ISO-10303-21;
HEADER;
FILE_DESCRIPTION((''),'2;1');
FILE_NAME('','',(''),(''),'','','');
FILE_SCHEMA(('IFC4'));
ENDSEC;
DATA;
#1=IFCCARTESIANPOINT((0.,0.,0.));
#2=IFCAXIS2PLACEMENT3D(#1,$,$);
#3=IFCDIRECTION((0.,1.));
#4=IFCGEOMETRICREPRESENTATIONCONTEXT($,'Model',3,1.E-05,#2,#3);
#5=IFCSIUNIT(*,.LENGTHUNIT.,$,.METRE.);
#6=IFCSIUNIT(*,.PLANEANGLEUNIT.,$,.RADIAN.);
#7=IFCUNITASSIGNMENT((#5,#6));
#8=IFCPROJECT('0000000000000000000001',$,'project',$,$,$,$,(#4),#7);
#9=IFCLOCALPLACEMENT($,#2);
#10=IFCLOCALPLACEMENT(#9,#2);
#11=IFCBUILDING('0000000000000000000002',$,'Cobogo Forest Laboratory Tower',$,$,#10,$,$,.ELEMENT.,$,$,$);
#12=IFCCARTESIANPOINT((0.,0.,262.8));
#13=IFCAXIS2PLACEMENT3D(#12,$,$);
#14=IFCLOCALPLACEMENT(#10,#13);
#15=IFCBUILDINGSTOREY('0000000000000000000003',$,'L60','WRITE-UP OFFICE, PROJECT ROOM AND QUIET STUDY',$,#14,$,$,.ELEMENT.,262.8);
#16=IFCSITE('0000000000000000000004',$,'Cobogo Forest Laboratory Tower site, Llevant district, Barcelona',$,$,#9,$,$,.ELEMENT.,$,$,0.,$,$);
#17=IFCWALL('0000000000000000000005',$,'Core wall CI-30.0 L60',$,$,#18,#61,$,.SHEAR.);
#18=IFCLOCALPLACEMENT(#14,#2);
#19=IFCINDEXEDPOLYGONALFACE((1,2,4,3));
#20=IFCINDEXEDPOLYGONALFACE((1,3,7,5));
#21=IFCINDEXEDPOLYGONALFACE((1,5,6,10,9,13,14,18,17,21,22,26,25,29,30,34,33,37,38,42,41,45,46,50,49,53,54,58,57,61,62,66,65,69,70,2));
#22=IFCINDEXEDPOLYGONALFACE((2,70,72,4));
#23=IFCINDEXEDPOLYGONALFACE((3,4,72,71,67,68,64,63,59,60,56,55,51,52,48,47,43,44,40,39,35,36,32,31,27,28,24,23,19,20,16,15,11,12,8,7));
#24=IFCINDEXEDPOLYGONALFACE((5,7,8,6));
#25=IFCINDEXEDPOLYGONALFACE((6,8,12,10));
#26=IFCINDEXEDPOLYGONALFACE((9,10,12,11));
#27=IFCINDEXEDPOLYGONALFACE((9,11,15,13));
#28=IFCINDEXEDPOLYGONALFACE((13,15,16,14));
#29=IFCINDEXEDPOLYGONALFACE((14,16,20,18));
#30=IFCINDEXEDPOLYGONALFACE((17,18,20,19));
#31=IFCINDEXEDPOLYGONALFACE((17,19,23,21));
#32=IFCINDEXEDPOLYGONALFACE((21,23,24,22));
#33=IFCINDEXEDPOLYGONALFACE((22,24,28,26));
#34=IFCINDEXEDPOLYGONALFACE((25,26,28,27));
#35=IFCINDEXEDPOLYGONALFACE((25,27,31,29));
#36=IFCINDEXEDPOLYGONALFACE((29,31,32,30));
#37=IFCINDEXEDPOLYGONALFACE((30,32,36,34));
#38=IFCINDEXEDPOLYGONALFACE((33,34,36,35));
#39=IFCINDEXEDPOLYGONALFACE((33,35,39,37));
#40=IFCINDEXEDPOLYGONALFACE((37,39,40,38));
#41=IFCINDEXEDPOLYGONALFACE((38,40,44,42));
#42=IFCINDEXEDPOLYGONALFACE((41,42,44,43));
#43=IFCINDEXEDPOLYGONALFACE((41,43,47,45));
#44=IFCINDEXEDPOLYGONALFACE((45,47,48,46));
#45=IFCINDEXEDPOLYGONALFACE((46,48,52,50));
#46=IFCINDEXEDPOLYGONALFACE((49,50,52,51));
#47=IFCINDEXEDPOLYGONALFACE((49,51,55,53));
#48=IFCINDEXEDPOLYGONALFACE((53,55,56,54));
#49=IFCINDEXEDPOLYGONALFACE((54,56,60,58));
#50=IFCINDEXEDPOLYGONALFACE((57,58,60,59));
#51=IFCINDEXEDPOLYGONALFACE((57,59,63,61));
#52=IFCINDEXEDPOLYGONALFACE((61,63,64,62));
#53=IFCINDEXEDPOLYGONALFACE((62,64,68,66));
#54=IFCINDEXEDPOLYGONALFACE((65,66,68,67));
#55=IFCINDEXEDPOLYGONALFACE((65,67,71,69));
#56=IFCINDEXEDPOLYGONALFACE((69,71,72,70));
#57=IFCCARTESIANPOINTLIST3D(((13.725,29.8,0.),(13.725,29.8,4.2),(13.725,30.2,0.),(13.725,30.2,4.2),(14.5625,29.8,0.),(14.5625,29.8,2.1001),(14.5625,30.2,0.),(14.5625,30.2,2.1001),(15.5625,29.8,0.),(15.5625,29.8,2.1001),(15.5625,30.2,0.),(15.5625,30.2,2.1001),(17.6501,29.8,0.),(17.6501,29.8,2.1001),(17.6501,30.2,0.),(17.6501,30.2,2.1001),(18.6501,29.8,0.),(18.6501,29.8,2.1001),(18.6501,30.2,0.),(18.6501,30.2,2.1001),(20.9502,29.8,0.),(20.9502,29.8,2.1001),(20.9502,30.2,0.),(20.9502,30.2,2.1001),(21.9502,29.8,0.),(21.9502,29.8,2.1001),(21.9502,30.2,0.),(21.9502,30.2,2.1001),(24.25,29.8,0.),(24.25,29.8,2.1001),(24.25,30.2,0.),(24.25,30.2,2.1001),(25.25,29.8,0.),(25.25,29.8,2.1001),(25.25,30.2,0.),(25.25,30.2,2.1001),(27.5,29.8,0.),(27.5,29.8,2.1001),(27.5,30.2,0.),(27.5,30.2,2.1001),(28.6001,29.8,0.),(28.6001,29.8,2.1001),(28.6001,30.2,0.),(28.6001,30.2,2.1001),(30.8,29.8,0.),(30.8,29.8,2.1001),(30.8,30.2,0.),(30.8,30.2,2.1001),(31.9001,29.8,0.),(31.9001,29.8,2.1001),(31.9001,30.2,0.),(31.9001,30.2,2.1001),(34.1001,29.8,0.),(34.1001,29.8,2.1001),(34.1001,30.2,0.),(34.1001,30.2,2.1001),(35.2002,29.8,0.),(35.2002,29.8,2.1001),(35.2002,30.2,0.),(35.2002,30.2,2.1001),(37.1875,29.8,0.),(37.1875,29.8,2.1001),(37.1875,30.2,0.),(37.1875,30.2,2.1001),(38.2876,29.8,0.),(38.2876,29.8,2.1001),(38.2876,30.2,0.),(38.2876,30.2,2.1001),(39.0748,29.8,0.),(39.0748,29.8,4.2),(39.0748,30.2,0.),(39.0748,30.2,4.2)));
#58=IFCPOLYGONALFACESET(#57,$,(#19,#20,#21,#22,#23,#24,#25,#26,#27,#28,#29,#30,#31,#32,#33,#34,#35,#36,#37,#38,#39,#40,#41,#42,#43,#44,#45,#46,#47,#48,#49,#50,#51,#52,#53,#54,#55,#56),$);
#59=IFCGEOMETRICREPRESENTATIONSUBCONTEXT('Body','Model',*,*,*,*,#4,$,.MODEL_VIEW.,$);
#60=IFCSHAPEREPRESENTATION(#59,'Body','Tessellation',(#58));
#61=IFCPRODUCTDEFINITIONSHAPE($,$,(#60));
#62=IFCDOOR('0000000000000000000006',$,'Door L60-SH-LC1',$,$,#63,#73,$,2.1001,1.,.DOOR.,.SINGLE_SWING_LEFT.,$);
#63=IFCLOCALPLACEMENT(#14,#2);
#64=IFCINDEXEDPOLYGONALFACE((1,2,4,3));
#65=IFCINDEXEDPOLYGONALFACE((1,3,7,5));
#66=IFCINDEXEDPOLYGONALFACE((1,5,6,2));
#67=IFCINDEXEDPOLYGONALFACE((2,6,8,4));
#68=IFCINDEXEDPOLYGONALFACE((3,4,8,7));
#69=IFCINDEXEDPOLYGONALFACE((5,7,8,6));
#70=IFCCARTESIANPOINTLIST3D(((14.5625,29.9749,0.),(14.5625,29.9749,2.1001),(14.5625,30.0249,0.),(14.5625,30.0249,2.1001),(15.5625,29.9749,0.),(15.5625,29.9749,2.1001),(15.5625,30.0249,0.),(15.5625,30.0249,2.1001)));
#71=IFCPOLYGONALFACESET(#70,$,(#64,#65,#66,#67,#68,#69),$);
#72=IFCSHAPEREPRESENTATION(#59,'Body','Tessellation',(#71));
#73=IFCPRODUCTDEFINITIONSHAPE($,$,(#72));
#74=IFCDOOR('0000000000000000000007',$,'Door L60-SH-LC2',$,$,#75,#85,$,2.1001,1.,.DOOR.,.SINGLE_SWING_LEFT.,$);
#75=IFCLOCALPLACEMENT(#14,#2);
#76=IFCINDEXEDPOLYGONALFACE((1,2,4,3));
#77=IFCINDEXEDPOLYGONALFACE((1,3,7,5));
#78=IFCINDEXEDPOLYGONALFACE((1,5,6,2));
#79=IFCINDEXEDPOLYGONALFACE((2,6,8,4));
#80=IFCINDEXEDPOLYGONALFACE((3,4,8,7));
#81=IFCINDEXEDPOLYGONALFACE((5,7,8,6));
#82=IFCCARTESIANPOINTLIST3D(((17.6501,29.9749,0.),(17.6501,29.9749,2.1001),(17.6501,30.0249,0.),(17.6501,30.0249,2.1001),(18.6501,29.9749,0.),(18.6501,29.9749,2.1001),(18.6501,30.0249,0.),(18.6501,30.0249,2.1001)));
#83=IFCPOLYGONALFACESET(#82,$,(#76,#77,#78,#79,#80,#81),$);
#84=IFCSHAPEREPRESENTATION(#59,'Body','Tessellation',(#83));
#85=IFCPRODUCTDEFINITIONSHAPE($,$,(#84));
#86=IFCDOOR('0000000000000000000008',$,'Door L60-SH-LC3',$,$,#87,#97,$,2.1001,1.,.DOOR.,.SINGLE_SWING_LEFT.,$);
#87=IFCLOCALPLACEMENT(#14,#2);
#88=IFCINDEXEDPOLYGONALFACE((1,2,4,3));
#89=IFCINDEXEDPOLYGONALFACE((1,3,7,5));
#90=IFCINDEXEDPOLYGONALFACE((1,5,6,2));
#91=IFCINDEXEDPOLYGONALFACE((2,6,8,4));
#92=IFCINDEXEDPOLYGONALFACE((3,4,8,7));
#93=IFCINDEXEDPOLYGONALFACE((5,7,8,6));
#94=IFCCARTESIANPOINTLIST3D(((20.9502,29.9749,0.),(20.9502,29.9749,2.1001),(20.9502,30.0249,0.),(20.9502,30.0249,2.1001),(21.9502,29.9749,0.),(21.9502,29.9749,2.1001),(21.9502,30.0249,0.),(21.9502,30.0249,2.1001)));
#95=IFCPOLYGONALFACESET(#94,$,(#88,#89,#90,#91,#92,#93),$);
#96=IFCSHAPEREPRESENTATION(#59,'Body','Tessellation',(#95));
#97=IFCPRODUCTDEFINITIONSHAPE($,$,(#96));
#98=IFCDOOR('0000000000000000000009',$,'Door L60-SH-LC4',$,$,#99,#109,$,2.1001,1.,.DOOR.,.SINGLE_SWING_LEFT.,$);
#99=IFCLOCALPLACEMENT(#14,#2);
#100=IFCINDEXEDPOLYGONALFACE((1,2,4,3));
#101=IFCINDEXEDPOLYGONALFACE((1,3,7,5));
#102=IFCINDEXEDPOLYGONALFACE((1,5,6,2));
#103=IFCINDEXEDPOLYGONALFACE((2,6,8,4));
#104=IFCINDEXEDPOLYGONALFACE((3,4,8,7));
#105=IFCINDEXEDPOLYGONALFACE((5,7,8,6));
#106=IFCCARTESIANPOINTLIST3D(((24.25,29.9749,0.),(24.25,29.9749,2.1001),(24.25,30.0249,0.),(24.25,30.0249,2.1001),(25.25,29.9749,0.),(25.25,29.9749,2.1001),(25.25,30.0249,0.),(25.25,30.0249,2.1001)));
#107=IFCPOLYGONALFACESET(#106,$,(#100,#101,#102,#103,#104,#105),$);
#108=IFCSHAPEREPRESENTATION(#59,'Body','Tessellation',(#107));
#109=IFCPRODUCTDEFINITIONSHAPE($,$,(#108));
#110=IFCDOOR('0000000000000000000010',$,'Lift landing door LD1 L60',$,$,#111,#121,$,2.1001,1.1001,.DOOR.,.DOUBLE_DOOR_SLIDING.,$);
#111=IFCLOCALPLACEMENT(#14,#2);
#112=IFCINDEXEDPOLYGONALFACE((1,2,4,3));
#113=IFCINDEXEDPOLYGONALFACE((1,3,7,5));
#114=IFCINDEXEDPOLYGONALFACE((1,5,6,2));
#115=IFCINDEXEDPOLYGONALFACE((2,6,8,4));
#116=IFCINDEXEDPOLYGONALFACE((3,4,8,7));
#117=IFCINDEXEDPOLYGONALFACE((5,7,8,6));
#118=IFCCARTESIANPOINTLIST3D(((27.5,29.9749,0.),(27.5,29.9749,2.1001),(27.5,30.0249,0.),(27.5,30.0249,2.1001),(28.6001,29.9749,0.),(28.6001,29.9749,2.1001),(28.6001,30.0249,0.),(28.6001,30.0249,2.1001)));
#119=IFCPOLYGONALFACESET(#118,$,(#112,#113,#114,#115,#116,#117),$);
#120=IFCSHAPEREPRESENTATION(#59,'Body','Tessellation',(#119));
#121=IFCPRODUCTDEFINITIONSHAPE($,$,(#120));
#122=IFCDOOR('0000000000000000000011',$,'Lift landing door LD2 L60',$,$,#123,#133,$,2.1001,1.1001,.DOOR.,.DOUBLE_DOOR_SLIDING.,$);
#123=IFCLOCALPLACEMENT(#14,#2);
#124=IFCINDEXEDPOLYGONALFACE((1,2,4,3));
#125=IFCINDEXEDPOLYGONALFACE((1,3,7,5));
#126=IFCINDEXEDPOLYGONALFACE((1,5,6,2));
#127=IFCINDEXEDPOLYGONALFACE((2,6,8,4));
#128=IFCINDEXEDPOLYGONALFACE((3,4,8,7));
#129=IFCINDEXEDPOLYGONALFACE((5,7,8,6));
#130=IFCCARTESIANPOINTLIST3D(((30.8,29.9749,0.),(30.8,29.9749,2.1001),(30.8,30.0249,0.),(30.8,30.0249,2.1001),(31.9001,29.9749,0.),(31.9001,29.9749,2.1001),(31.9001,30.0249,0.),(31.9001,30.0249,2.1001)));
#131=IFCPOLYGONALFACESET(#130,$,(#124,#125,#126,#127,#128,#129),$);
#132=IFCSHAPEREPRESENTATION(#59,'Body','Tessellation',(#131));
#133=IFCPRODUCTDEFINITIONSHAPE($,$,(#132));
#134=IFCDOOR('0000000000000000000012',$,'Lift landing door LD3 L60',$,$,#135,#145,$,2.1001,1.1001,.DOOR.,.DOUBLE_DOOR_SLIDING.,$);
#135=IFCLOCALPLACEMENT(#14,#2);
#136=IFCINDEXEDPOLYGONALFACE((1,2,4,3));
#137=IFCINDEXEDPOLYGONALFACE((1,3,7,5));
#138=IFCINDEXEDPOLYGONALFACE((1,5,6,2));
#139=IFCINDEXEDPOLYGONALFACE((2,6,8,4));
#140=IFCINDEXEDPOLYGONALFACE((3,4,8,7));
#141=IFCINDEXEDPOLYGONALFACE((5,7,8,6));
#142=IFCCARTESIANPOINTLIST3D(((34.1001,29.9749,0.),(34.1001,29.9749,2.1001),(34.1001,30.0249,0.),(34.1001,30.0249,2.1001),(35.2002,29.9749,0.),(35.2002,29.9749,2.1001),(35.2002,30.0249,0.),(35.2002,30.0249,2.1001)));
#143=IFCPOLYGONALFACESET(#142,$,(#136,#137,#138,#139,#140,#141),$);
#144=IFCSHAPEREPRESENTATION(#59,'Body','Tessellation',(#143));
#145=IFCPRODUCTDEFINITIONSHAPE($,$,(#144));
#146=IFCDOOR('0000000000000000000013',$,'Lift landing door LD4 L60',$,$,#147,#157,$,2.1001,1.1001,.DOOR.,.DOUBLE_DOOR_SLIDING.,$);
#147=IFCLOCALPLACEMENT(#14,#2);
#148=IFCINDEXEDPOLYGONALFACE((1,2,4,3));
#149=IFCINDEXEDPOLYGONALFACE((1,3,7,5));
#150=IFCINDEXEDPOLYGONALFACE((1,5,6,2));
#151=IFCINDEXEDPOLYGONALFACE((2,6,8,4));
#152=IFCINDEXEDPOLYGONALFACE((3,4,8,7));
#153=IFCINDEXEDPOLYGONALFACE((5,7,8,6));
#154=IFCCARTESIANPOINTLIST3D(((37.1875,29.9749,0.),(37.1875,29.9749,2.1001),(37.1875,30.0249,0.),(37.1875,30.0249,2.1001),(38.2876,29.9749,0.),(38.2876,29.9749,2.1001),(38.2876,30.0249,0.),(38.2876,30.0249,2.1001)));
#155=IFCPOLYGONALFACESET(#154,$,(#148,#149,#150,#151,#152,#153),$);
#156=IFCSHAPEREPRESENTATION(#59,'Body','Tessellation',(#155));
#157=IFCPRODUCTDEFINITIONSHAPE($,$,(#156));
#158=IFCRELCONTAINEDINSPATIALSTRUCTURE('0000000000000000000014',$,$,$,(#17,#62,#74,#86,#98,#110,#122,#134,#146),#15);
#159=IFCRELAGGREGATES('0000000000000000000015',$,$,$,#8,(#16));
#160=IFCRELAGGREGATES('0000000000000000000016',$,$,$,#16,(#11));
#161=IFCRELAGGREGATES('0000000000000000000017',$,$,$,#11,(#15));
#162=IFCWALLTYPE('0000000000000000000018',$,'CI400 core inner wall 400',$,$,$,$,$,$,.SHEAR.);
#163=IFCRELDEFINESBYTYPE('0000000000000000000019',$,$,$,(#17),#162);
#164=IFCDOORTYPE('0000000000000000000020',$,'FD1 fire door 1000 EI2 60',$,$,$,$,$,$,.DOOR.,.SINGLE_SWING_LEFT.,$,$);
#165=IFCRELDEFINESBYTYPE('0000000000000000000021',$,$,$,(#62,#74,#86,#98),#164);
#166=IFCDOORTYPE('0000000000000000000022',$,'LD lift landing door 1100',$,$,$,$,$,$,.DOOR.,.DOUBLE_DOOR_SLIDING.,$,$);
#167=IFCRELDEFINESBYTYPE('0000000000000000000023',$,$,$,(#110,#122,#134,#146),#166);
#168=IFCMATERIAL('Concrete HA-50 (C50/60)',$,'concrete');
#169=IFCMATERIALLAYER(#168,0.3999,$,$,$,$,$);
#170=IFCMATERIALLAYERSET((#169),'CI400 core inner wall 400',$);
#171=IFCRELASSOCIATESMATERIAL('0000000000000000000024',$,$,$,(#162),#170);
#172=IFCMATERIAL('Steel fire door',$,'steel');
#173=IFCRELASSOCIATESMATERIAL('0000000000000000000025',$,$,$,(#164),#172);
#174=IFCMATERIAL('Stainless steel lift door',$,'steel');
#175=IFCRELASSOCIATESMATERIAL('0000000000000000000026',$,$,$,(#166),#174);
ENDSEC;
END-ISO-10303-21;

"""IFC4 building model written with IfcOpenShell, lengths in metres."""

from ifc_helpers import new_model, si_unit, direction, frame, frame_2d, origin, place, context, subcontext, project, spatial, rectangle, extrude, material, layer, layer_set, type_object, element, fill, save


model = new_model("IFC4")

# Units and contexts
model_context = context("Model", 3, precision=1e-05, world=origin(), true_north=direction((0.0, 1.0)))
body_context = subcontext(model_context, "Body", "Model", "MODEL_VIEW")
ifc_project = project(units=[si_unit("LENGTHUNIT", "METRE"), si_unit("PLANEANGLEUNIT", "RADIAN")], contexts=[model_context])

# Site, building, storey
site_placement = place(None, origin())
site = spatial("IfcSite", under=ifc_project, at=site_placement, Name="Cobogo Forest Laboratory Tower site, Llevant district, Barcelona", CompositionType="ELEMENT", RefElevation=0.0)
building_placement = place(site_placement, origin())
building = spatial("IfcBuilding", under=site, at=building_placement, Name="Cobogo Forest Laboratory Tower", CompositionType="ELEMENT")
storey_placement = place(building_placement, frame((0.0, 0.0, 262.8)))
storey = spatial("IfcBuildingStorey", under=building, at=storey_placement, Name="L60", Description="WRITE-UP OFFICE, PROJECT ROOM AND QUIET STUDY", CompositionType="ELEMENT", Elevation=262.8)

# Wall, openings, doors
ifc_material_1 = material(Name="Concrete HA-50 (C50/60)", Category="concrete")
ifc_layer_1 = layer(ifc_material_1, 0.3999)
ifc_layer_set_1 = layer_set([ifc_layer_1], Name="CI400 core inner wall 400")
wall_type_1 = type_object("IfcWallType", Name="CI400 core inner wall 400", PredefinedType="SHEAR", material=ifc_layer_set_1)
wall_1_placement = place(storey_placement, frame((13.7251, 30.0, 0.0), z_axis=(0.0, 0.0, 1.0), x_axis=(1.0, 0.0, 0.0)))
wall_1 = element("IfcWall", 1, at=wall_1_placement, inside=storey, type_object=wall_type_1, Name="Core wall CI-30.0 L60", PredefinedType="SHEAR", context=body_context, shape_type="SweptSolid", body=[
    extrude(rectangle(XDim=25.3499, YDim=0.3999, at=frame_2d((12.6748, 0.0))), origin(), (0.0, 0.0, 1.0), 4.2),
])
opening_1_placement = place(wall_1_placement, frame((0.8374, 0.0, 0.0)))
opening_1 = element("IfcOpeningElement", 2, at=opening_1_placement, cuts=wall_1, PredefinedType="OPENING", context=body_context, shape_type="SweptSolid", body=[
    extrude(rectangle(XDim=1.0, YDim=2.1001, at=frame_2d((0.5, 1.05))), frame((0.0, 0.21, 0.0), z_axis=(0.0, -1.0, 0.0), x_axis=(1.0, 0.0, 0.0)), (0.0, 0.0, 1.0), 0.4199),
])
opening_2_placement = place(wall_1_placement, frame((3.925, 0.0, 0.0)))
opening_2 = element("IfcOpeningElement", 3, at=opening_2_placement, cuts=wall_1, PredefinedType="OPENING", context=body_context, shape_type="SweptSolid", body=[
    extrude(rectangle(XDim=1.0, YDim=2.1001, at=frame_2d((0.5, 1.05))), frame((0.0, 0.21, 0.0), z_axis=(0.0, -1.0, 0.0), x_axis=(1.0, 0.0, 0.0)), (0.0, 0.0, 1.0), 0.4199),
])
opening_3_placement = place(wall_1_placement, frame((7.2251, 0.0, 0.0)))
opening_3 = element("IfcOpeningElement", 4, at=opening_3_placement, cuts=wall_1, PredefinedType="OPENING", context=body_context, shape_type="SweptSolid", body=[
    extrude(rectangle(XDim=1.0, YDim=2.1001, at=frame_2d((0.5, 1.05))), frame((0.0, 0.21, 0.0), z_axis=(0.0, -1.0, 0.0), x_axis=(1.0, 0.0, 0.0)), (0.0, 0.0, 1.0), 0.4199),
])
opening_4_placement = place(wall_1_placement, frame((10.5249, 0.0, 0.0)))
opening_4 = element("IfcOpeningElement", 5, at=opening_4_placement, cuts=wall_1, PredefinedType="OPENING", context=body_context, shape_type="SweptSolid", body=[
    extrude(rectangle(XDim=1.0, YDim=2.1001, at=frame_2d((0.5, 1.05))), frame((0.0, 0.21, 0.0), z_axis=(0.0, -1.0, 0.0), x_axis=(1.0, 0.0, 0.0)), (0.0, 0.0, 1.0), 0.4199),
])
opening_5_placement = place(wall_1_placement, frame((13.7749, 0.0, 0.0)))
opening_5 = element("IfcOpeningElement", 6, at=opening_5_placement, cuts=wall_1, PredefinedType="OPENING", context=body_context, shape_type="SweptSolid", body=[
    extrude(rectangle(XDim=1.1001, YDim=2.1001, at=frame_2d((0.55, 1.05))), frame((0.0, 0.21, 0.0), z_axis=(0.0, -1.0, 0.0), x_axis=(1.0, 0.0, 0.0)), (0.0, 0.0, 1.0), 0.4199),
])
opening_6_placement = place(wall_1_placement, frame((17.075, 0.0, 0.0)))
opening_6 = element("IfcOpeningElement", 7, at=opening_6_placement, cuts=wall_1, PredefinedType="OPENING", context=body_context, shape_type="SweptSolid", body=[
    extrude(rectangle(XDim=1.1001, YDim=2.1001, at=frame_2d((0.55, 1.05))), frame((0.0, 0.21, 0.0), z_axis=(0.0, -1.0, 0.0), x_axis=(1.0, 0.0, 0.0)), (0.0, 0.0, 1.0), 0.4199),
])
opening_7_placement = place(wall_1_placement, frame((20.375, 0.0, 0.0)))
opening_7 = element("IfcOpeningElement", 8, at=opening_7_placement, cuts=wall_1, PredefinedType="OPENING", context=body_context, shape_type="SweptSolid", body=[
    extrude(rectangle(XDim=1.1001, YDim=2.1001, at=frame_2d((0.55, 1.05))), frame((0.0, 0.21, 0.0), z_axis=(0.0, -1.0, 0.0), x_axis=(1.0, 0.0, 0.0)), (0.0, 0.0, 1.0), 0.4199),
])
opening_8_placement = place(wall_1_placement, frame((23.4624, 0.0, 0.0)))
opening_8 = element("IfcOpeningElement", 9, at=opening_8_placement, cuts=wall_1, PredefinedType="OPENING", context=body_context, shape_type="SweptSolid", body=[
    extrude(rectangle(XDim=1.1001, YDim=2.1001, at=frame_2d((0.55, 1.05))), frame((0.0, 0.21, 0.0), z_axis=(0.0, -1.0, 0.0), x_axis=(1.0, 0.0, 0.0)), (0.0, 0.0, 1.0), 0.4199),
])
ifc_material_2 = material(Name="Steel fire door", Category="steel")
door_type_1 = type_object("IfcDoorType", Name="FD1 fire door 1000 EI2 60", OperationType="SINGLE_SWING_LEFT", PredefinedType="DOOR", material=ifc_material_2)
door_1_placement = place(opening_1_placement, origin())
door_1 = element("IfcDoor", 10, at=door_1_placement, inside=storey, type_object=door_type_1, Name="Door L60-SH-LC1", OperationType="SINGLE_SWING_LEFT", OverallHeight=2.1001, OverallWidth=1.0, PredefinedType="DOOR", context=body_context, shape_type="SweptSolid", body=[
    extrude(rectangle(XDim=1.0, YDim=2.1001, at=frame_2d((0.5, 1.05))), frame((0.0, 0.0249, 0.0), z_axis=(0.0, -1.0, 0.0), x_axis=(1.0, 0.0, 0.0)), (0.0, 0.0, 1.0), 0.05),
])
fill(opening_1, door_1)
door_2_placement = place(opening_2_placement, origin())
door_2 = element("IfcDoor", 11, at=door_2_placement, inside=storey, type_object=door_type_1, Name="Door L60-SH-LC2", OperationType="SINGLE_SWING_LEFT", OverallHeight=2.1001, OverallWidth=1.0, PredefinedType="DOOR", context=body_context, shape_type="SweptSolid", body=[
    extrude(rectangle(XDim=1.0, YDim=2.1001, at=frame_2d((0.5, 1.05))), frame((0.0, 0.0249, 0.0), z_axis=(0.0, -1.0, 0.0), x_axis=(1.0, 0.0, 0.0)), (0.0, 0.0, 1.0), 0.05),
])
fill(opening_2, door_2)
door_3_placement = place(opening_3_placement, origin())
door_3 = element("IfcDoor", 12, at=door_3_placement, inside=storey, type_object=door_type_1, Name="Door L60-SH-LC3", OperationType="SINGLE_SWING_LEFT", OverallHeight=2.1001, OverallWidth=1.0, PredefinedType="DOOR", context=body_context, shape_type="SweptSolid", body=[
    extrude(rectangle(XDim=1.0, YDim=2.1001, at=frame_2d((0.5, 1.05))), frame((0.0, 0.0249, 0.0), z_axis=(0.0, -1.0, 0.0), x_axis=(1.0, 0.0, 0.0)), (0.0, 0.0, 1.0), 0.05),
])
fill(opening_3, door_3)
door_4_placement = place(opening_4_placement, origin())
door_4 = element("IfcDoor", 13, at=door_4_placement, inside=storey, type_object=door_type_1, Name="Door L60-SH-LC4", OperationType="SINGLE_SWING_LEFT", OverallHeight=2.1001, OverallWidth=1.0, PredefinedType="DOOR", context=body_context, shape_type="SweptSolid", body=[
    extrude(rectangle(XDim=1.0, YDim=2.1001, at=frame_2d((0.5, 1.05))), frame((0.0, 0.0249, 0.0), z_axis=(0.0, -1.0, 0.0), x_axis=(1.0, 0.0, 0.0)), (0.0, 0.0, 1.0), 0.05),
])
fill(opening_4, door_4)
ifc_material_3 = material(Name="Stainless steel lift door", Category="steel")
door_type_2 = type_object("IfcDoorType", Name="LD lift landing door 1100", OperationType="DOUBLE_DOOR_SLIDING", PredefinedType="DOOR", material=ifc_material_3)
door_5_placement = place(opening_5_placement, origin())
door_5 = element("IfcDoor", 14, at=door_5_placement, inside=storey, type_object=door_type_2, Name="Lift landing door LD1 L60", OperationType="DOUBLE_DOOR_SLIDING", OverallHeight=2.1001, OverallWidth=1.1001, PredefinedType="DOOR", context=body_context, shape_type="SweptSolid", body=[
    extrude(rectangle(XDim=1.1001, YDim=2.1001, at=frame_2d((0.55, 1.05))), frame((0.0, 0.0249, 0.0), z_axis=(0.0, -1.0, 0.0), x_axis=(1.0, 0.0, 0.0)), (0.0, 0.0, 1.0), 0.05),
])
fill(opening_5, door_5)
door_6_placement = place(opening_6_placement, origin())
door_6 = element("IfcDoor", 15, at=door_6_placement, inside=storey, type_object=door_type_2, Name="Lift landing door LD2 L60", OperationType="DOUBLE_DOOR_SLIDING", OverallHeight=2.1001, OverallWidth=1.1001, PredefinedType="DOOR", context=body_context, shape_type="SweptSolid", body=[
    extrude(rectangle(XDim=1.1001, YDim=2.1001, at=frame_2d((0.55, 1.05))), frame((0.0, 0.0249, 0.0), z_axis=(0.0, -1.0, 0.0), x_axis=(1.0, 0.0, 0.0)), (0.0, 0.0, 1.0), 0.05),
])
fill(opening_6, door_6)
door_7_placement = place(opening_7_placement, origin())
door_7 = element("IfcDoor", 16, at=door_7_placement, inside=storey, type_object=door_type_2, Name="Lift landing door LD3 L60", OperationType="DOUBLE_DOOR_SLIDING", OverallHeight=2.1001, OverallWidth=1.1001, PredefinedType="DOOR", context=body_context, shape_type="SweptSolid", body=[
    extrude(rectangle(XDim=1.1001, YDim=2.1001, at=frame_2d((0.55, 1.05))), frame((0.0, 0.0249, 0.0), z_axis=(0.0, -1.0, 0.0), x_axis=(1.0, 0.0, 0.0)), (0.0, 0.0, 1.0), 0.05),
])
fill(opening_7, door_7)
door_8_placement = place(opening_8_placement, origin())
door_8 = element("IfcDoor", 17, at=door_8_placement, inside=storey, type_object=door_type_2, Name="Lift landing door LD4 L60", OperationType="DOUBLE_DOOR_SLIDING", OverallHeight=2.1001, OverallWidth=1.1001, PredefinedType="DOOR", context=body_context, shape_type="SweptSolid", body=[
    extrude(rectangle(XDim=1.1001, YDim=2.1001, at=frame_2d((0.55, 1.05))), frame((0.0, 0.0249, 0.0), z_axis=(0.0, -1.0, 0.0), x_axis=(1.0, 0.0, 0.0)), (0.0, 0.0, 1.0), 0.05),
])
fill(opening_8, door_8)

save(model, "model.ifc")
